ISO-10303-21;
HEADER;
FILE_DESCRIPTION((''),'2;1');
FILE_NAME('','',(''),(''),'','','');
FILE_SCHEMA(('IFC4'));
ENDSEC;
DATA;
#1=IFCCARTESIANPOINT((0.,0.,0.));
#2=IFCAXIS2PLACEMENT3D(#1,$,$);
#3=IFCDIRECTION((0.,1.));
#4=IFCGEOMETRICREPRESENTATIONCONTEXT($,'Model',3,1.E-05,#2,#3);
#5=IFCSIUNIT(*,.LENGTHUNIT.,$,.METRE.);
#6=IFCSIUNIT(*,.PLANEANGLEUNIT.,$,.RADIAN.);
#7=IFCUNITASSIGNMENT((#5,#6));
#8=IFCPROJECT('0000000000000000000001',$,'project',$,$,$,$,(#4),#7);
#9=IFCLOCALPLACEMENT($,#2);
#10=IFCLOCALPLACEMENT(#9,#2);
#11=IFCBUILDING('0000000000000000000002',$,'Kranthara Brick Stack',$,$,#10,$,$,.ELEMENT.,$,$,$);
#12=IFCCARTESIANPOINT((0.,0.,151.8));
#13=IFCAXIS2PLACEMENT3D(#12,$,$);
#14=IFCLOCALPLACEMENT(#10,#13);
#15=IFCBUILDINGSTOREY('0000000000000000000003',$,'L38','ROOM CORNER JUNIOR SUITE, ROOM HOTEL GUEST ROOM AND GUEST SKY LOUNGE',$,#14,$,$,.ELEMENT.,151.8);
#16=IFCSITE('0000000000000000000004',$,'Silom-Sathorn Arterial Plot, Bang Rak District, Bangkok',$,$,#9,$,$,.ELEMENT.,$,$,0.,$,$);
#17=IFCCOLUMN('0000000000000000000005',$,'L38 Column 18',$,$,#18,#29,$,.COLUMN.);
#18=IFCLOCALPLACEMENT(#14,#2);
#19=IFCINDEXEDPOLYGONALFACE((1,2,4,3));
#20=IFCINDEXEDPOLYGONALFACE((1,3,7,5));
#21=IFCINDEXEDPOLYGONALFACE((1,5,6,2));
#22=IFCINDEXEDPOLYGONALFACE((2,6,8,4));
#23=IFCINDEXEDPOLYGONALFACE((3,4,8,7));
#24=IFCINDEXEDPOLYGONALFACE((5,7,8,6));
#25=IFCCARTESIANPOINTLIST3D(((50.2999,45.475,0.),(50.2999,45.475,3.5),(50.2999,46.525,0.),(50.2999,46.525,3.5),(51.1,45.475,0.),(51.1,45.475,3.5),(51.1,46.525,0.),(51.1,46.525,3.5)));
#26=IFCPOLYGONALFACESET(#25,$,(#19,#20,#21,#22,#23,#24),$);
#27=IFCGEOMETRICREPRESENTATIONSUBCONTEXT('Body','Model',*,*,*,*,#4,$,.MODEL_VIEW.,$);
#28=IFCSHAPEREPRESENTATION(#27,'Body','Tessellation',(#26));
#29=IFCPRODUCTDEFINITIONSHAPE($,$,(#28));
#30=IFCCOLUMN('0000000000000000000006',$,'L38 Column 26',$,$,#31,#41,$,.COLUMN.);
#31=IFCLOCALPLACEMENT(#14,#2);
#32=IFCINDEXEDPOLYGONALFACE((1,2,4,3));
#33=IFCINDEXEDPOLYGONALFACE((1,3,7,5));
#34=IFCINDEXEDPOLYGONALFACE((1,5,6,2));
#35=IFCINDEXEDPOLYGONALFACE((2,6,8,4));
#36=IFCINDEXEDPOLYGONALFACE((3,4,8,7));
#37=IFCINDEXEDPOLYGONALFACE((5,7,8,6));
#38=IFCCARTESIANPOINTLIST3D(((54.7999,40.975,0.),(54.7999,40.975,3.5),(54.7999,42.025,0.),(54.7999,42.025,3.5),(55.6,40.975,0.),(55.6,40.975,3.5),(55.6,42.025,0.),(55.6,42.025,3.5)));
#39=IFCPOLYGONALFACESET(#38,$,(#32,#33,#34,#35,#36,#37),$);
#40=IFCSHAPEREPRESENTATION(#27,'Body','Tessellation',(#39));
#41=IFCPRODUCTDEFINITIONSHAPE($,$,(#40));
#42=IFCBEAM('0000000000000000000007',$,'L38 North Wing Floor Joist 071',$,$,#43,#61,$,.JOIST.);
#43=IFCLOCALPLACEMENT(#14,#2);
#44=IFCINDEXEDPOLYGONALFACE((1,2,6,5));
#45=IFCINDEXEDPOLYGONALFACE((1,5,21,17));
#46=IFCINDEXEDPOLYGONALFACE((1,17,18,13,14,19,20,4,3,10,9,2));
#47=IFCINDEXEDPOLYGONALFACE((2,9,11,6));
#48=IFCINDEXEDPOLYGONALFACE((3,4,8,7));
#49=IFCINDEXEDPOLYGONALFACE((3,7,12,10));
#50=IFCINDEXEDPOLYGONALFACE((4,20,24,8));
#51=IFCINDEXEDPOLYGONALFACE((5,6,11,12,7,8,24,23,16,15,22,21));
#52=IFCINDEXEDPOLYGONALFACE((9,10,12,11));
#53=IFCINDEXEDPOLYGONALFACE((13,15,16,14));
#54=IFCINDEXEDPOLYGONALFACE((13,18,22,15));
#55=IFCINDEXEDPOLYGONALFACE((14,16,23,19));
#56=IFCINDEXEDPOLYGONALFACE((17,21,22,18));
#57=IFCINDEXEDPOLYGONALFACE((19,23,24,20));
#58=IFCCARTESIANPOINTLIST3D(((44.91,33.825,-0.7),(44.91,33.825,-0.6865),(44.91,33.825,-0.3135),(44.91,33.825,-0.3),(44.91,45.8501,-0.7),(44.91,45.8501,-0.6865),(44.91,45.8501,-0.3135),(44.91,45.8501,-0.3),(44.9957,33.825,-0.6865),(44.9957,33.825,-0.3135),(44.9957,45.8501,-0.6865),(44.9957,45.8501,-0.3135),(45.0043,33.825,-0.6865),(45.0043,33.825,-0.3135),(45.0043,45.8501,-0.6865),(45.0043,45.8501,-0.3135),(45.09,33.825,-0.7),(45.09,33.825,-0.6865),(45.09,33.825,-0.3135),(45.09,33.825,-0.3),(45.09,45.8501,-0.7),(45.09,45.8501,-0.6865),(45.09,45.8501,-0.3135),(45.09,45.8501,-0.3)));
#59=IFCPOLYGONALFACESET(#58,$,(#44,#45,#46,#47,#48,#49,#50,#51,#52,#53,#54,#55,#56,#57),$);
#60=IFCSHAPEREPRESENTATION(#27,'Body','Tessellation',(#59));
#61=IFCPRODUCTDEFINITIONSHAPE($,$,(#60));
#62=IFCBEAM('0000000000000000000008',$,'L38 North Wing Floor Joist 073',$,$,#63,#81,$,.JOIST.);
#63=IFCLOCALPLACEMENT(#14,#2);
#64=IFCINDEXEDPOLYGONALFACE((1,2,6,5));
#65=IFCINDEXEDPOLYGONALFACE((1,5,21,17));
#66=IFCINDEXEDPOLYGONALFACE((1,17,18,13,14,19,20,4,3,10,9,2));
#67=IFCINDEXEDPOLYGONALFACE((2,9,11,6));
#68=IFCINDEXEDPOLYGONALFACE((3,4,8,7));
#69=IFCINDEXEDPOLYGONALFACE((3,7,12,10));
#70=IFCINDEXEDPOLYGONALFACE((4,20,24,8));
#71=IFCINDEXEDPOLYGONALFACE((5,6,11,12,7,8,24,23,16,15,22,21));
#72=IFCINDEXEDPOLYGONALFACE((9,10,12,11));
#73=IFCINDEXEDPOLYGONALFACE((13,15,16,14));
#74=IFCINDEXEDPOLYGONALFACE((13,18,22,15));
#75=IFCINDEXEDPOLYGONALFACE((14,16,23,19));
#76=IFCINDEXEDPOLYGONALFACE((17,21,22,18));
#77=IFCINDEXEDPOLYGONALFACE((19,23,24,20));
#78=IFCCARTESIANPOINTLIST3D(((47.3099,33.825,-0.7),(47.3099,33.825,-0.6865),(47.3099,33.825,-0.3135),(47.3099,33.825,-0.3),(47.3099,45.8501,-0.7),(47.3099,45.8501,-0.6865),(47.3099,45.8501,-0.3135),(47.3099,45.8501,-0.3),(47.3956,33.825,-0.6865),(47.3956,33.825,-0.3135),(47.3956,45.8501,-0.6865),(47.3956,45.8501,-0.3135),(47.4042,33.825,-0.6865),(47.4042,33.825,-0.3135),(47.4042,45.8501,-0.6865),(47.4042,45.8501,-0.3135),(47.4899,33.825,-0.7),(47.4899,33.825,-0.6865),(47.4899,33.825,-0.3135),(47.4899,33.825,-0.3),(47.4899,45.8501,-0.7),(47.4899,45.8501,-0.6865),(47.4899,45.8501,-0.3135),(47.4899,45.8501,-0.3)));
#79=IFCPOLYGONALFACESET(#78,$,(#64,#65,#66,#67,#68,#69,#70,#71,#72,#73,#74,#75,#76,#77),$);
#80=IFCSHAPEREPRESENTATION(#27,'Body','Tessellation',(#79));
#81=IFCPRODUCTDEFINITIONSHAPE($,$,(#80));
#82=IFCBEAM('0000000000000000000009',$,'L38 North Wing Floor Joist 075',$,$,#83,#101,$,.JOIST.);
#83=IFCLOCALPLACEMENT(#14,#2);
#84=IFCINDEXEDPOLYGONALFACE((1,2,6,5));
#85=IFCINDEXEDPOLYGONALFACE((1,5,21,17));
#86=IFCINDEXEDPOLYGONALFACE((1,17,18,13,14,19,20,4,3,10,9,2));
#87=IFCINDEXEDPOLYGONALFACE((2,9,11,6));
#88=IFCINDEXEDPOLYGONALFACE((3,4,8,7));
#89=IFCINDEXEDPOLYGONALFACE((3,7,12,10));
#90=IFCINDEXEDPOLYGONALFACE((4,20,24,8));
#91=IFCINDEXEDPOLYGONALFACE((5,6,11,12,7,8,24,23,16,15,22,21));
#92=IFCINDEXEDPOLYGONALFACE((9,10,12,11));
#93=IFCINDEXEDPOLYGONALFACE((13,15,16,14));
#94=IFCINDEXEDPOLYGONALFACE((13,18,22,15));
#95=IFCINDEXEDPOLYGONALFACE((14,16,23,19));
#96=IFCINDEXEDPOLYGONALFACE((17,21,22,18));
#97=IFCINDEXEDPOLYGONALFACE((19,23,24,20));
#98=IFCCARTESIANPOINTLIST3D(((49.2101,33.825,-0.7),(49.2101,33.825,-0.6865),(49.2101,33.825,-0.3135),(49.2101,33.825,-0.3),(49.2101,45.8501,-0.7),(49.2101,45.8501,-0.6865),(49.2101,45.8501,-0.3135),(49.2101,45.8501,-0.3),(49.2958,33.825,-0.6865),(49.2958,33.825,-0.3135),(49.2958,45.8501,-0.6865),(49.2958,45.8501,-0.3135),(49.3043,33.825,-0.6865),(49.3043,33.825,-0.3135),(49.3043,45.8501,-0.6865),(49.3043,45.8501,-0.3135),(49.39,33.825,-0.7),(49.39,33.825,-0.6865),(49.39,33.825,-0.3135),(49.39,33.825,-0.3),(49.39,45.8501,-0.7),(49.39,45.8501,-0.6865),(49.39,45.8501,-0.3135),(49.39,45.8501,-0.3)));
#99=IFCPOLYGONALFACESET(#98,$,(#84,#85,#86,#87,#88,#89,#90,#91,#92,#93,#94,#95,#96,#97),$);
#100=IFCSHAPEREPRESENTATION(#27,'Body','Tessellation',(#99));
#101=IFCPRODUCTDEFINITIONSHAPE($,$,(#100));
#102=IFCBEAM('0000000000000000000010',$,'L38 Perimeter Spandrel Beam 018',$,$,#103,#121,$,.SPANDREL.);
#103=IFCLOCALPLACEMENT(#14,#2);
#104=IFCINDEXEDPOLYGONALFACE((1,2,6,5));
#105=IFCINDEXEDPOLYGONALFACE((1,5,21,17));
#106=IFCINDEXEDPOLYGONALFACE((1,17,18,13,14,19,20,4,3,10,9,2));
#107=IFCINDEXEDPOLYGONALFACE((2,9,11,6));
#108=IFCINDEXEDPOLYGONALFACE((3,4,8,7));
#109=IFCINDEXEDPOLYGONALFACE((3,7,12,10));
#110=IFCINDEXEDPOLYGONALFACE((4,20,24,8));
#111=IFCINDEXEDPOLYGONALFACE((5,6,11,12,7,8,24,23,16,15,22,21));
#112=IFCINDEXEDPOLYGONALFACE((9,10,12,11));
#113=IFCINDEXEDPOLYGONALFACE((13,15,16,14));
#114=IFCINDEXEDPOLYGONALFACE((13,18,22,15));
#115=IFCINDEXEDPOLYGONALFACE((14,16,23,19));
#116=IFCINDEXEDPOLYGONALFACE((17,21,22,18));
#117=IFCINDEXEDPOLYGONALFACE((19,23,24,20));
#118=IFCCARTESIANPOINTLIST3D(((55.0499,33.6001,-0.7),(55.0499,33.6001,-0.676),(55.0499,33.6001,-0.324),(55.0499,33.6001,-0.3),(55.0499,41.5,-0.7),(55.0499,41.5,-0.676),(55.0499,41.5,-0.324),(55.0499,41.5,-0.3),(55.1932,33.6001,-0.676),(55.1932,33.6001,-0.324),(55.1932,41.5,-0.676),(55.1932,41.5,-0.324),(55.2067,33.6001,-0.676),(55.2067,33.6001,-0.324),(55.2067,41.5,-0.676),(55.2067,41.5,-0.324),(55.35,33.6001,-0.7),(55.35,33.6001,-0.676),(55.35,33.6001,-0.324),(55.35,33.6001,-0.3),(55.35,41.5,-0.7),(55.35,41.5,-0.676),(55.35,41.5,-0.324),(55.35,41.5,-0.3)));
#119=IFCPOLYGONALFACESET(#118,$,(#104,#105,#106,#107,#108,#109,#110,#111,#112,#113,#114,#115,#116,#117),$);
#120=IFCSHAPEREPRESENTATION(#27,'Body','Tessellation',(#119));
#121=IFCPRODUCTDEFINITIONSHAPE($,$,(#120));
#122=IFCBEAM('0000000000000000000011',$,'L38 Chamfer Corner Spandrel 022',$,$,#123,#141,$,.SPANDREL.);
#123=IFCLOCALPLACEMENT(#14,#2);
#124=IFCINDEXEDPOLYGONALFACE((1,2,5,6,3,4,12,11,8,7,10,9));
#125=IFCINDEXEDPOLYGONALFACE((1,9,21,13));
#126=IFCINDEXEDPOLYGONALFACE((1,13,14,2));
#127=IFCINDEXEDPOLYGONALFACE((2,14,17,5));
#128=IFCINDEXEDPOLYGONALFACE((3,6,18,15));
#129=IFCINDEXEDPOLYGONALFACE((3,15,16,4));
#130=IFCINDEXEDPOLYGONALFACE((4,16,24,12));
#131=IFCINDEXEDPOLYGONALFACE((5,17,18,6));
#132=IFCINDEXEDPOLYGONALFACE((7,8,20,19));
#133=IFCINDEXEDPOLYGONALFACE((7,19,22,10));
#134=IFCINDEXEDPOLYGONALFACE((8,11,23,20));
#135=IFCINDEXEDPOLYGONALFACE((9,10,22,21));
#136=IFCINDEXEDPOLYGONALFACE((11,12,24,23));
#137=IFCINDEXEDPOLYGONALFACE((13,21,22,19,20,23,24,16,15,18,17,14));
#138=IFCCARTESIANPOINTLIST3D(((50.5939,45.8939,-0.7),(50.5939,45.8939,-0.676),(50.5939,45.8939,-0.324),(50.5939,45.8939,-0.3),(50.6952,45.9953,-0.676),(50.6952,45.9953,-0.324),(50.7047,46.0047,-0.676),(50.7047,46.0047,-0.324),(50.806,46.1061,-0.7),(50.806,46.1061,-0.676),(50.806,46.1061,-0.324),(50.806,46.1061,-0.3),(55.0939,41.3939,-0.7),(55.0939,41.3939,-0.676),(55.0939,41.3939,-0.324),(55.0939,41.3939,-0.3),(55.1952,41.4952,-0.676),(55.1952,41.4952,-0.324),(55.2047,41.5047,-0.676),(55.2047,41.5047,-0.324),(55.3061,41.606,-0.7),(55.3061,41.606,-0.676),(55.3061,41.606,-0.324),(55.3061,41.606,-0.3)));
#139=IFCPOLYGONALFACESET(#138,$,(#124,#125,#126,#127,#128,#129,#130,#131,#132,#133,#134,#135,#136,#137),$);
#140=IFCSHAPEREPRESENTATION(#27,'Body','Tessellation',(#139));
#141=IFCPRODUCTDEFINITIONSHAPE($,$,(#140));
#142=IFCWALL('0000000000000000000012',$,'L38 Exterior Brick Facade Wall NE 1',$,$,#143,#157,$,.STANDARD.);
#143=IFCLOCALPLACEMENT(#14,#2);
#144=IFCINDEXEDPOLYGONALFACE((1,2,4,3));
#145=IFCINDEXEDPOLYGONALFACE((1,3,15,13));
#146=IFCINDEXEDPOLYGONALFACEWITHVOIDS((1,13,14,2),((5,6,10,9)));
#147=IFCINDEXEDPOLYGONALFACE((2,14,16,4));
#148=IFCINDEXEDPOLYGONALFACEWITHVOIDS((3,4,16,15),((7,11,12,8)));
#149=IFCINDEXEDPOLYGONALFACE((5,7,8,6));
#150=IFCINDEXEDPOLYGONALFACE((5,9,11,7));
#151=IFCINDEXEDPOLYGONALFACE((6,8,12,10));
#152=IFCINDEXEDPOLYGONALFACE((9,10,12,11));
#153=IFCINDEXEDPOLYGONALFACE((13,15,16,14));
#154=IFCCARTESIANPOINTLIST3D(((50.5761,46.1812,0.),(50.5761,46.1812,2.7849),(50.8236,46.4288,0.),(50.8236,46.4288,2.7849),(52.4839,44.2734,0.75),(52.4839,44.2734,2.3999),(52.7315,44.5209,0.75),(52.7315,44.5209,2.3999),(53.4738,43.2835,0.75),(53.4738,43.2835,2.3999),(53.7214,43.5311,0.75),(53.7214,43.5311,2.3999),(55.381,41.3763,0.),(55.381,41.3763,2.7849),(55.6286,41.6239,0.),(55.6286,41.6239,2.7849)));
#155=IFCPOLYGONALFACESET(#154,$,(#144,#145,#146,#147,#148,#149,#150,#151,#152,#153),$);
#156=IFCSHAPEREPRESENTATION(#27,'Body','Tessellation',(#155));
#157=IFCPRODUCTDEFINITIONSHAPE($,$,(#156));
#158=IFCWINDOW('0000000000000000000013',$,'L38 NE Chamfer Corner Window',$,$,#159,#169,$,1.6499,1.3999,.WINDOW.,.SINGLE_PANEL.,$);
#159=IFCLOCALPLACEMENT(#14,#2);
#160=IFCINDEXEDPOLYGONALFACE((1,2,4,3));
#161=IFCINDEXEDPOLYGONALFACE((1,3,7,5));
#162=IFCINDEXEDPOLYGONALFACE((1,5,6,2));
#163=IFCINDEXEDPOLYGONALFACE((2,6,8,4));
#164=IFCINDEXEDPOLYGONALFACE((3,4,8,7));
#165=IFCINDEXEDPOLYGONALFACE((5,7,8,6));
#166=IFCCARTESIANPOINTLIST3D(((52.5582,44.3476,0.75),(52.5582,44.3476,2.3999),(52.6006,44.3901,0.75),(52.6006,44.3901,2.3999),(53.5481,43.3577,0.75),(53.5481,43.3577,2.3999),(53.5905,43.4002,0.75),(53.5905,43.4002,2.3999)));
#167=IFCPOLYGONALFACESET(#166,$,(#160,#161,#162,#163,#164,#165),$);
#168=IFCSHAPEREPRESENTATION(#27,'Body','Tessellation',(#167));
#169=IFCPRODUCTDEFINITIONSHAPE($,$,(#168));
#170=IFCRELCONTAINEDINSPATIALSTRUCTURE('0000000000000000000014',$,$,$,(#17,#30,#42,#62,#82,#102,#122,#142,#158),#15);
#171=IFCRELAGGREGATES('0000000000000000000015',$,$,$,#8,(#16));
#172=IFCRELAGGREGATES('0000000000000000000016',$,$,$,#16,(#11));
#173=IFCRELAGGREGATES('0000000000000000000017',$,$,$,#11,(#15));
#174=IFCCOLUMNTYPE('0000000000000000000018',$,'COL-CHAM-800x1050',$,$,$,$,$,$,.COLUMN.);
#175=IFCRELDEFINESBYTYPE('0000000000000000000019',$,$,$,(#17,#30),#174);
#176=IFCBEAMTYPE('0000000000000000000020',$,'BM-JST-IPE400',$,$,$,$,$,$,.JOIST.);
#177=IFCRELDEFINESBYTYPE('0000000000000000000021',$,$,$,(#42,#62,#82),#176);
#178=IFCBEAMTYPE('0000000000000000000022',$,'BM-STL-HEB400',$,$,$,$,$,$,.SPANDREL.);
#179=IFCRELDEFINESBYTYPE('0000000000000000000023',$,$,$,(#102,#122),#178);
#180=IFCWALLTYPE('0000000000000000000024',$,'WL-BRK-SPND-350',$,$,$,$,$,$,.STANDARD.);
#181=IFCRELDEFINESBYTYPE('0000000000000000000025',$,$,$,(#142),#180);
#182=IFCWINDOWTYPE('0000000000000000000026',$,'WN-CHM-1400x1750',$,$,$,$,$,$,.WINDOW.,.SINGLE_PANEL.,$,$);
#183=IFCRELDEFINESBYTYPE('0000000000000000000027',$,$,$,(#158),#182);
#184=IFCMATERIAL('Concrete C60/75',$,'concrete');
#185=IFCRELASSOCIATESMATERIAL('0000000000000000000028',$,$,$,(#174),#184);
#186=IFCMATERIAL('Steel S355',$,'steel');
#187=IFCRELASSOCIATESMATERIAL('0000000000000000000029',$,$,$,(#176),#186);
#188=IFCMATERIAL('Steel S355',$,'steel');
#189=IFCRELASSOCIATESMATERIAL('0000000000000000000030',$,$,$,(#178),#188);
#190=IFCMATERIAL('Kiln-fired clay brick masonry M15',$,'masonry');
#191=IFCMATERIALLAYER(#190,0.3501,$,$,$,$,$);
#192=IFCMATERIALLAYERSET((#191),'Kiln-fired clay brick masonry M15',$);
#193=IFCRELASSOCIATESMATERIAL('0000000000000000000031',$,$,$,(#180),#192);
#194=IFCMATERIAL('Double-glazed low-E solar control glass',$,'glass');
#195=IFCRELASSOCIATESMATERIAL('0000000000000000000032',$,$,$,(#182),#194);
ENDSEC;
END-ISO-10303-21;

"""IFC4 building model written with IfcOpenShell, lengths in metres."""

from ifc_helpers import new_model, si_unit, direction, frame, frame_2d, origin, origin_2d, place, context, subcontext, project, spatial, rectangle, i_section, extrude, material, layer, layer_set, material_profile, profile_set, type_object, element, fill, save


model = new_model("IFC4")

# Units and contexts
model_context = context("Model", 3, precision=1e-05, world=origin(), true_north=direction((0.0, 1.0)))
body_context = subcontext(model_context, "Body", "Model", "MODEL_VIEW")
ifc_project = project(units=[si_unit("LENGTHUNIT", "METRE"), si_unit("PLANEANGLEUNIT", "RADIAN")], contexts=[model_context])

# Site, building, storey
site_placement = place(None, origin())
site = spatial("IfcSite", under=ifc_project, at=site_placement, Name="Silom-Sathorn Arterial Plot, Bang Rak District, Bangkok", CompositionType="ELEMENT", RefElevation=0.0)
building_placement = place(site_placement, origin())
building = spatial("IfcBuilding", under=site, at=building_placement, Name="Kranthara Brick Stack", CompositionType="ELEMENT")
storey_placement = place(building_placement, frame((0.0, 0.0, 151.8)))
storey = spatial("IfcBuildingStorey", under=building, at=storey_placement, Name="L38", Description="ROOM CORNER JUNIOR SUITE, ROOM HOTEL GUEST ROOM AND GUEST SKY LOUNGE", CompositionType="ELEMENT", Elevation=151.8)

# Columns
ifc_material_1 = material(Name="Concrete C60/75", Category="concrete")
ifc_material_profile_1 = material_profile(ifc_material_1, rectangle(XDim=0.8, YDim=1.05, at=origin_2d()), Name="RC 800x1050")
ifc_profile_set_1 = profile_set([ifc_material_profile_1], Name="Concrete C60/75")
column_type = type_object("IfcColumnType", Name="COL-CHAM-800x1050", PredefinedType="COLUMN", material=ifc_profile_set_1)
for number, where, z_axis, x_axis, name in (
    (1, (50.7, 46.0, 0.0), (0.0, 0.0, 1.0), (1.0, 0.0, 0.0), "L38 Column 18"),
    (2, (55.2, 41.5, 0.0), (0.0, 0.0, 1.0), (1.0, 0.0, 0.0), "L38 Column 26"),
):
    element("IfcColumn", number, at=place(storey_placement, frame(where, z_axis=z_axis, x_axis=x_axis)), inside=storey, type_object=column_type, Name=name, PredefinedType="COLUMN", context=body_context, shape_type="SweptSolid", body=[
        extrude(rectangle(XDim=0.8, YDim=1.05, at=origin_2d()), origin(), (0.0, 0.0, 1.0), 3.5),
    ])

# Beams
ifc_material_2 = material(Name="Steel S355", Category="steel")
ifc_material_profile_2 = material_profile(ifc_material_2, i_section(OverallWidth=0.1799, OverallDepth=0.3999, WebThickness=0.0085, FlangeThickness=0.0134, at=origin_2d()), Name="IPE 400")
ifc_profile_set_2 = profile_set([ifc_material_profile_2], Name="Steel S355")
beam_type_1 = type_object("IfcBeamType", Name="BM-JST-IPE400", PredefinedType="JOIST", material=ifc_profile_set_2)
for number, where, z_axis, x_axis, name in (
    (3, (45.0, 33.825, -0.5), (0.0, 1.0, 0.0), (-1.0, 0.0, 0.0), "L38 North Wing Floor Joist 071"),
    (4, (47.3999, 33.825, -0.5), (0.0, 1.0, 0.0), (-1.0, 0.0, 0.0), "L38 North Wing Floor Joist 073"),
    (5, (49.3, 33.825, -0.5), (0.0, 1.0, 0.0), (-1.0, 0.0, 0.0), "L38 North Wing Floor Joist 075"),
):
    element("IfcBeam", number, at=place(storey_placement, frame(where, z_axis=z_axis, x_axis=x_axis)), inside=storey, type_object=beam_type_1, Name=name, PredefinedType="JOIST", context=body_context, shape_type="SweptSolid", body=[
        extrude(i_section(OverallWidth=0.1799, OverallDepth=0.3999, WebThickness=0.0085, FlangeThickness=0.0134, at=origin_2d()), origin(), (0.0, 0.0, 1.0), 12.0251),
    ])
ifc_material_3 = material(Name="Steel S355", Category="steel")
ifc_material_profile_3 = material_profile(ifc_material_3, i_section(OverallWidth=0.3, OverallDepth=0.3999, WebThickness=0.0134, FlangeThickness=0.0239, at=origin_2d()), Name="HEB 400")
ifc_profile_set_3 = profile_set([ifc_material_profile_3], Name="Steel S355")
beam_type_2 = type_object("IfcBeamType", Name="BM-STL-HEB400", PredefinedType="SPANDREL", material=ifc_profile_set_3)
beam_1_placement = place(storey_placement, frame((55.2, 33.6001, -0.5), z_axis=(0.0, 1.0, 0.0), x_axis=(-1.0, 0.0, 0.0)))
element("IfcBeam", 6, at=beam_1_placement, inside=storey, type_object=beam_type_2, Name="L38 Perimeter Spandrel Beam 018", PredefinedType="SPANDREL", context=body_context, shape_type="SweptSolid", body=[
    extrude(i_section(OverallWidth=0.3, OverallDepth=0.3999, WebThickness=0.0134, FlangeThickness=0.0239, at=origin_2d()), origin(), (0.0, 0.0, 1.0), 7.8999),
])
beam_2_placement = place(storey_placement, frame((50.7, 46.0, -0.5), z_axis=(0.707107, -0.707107, 0.0), x_axis=(0.707107, 0.707107, 0.0)))
element("IfcBeam", 7, at=beam_2_placement, inside=storey, type_object=beam_type_2, Name="L38 Chamfer Corner Spandrel 022", PredefinedType="SPANDREL", context=body_context, shape_type="SweptSolid", body=[
    extrude(i_section(OverallWidth=0.3, OverallDepth=0.3999, WebThickness=0.0134, FlangeThickness=0.0239, at=origin_2d()), origin(), (0.0, 0.0, 1.0), 6.364),
])

# Wall, opening, window
ifc_material_4 = material(Name="Kiln-fired clay brick masonry M15", Category="masonry")
ifc_layer_1 = layer(ifc_material_4, 0.3501)
ifc_layer_set_1 = layer_set([ifc_layer_1], Name="Kiln-fired clay brick masonry M15")
wall_type_1 = type_object("IfcWallType", Name="WL-BRK-SPND-350", PredefinedType="STANDARD", material=ifc_layer_set_1)
wall_1_placement = place(storey_placement, frame((50.7, 46.3049, 0.0), z_axis=(0.0, 0.0, 1.0), x_axis=(0.707107, -0.707107, 0.0)))
wall_1 = element("IfcWall", 8, at=wall_1_placement, inside=storey, type_object=wall_type_1, Name="L38 Exterior Brick Facade Wall NE 1", PredefinedType="STANDARD", context=body_context, shape_type="SweptSolid", body=[
    extrude(rectangle(XDim=6.7952, YDim=0.3501, at=frame_2d((3.3975, 0.0))), origin(), (0.0, 0.0, 1.0), 2.7849),
])
opening_1_placement = place(wall_1_placement, frame((2.698, 0.0, 0.75)))
opening_1 = element("IfcOpeningElement", 9, at=opening_1_placement, cuts=wall_1, PredefinedType="OPENING", context=body_context, shape_type="SweptSolid", body=[
    extrude(rectangle(XDim=1.3999, YDim=1.6499, at=frame_2d((0.7, 0.825))), frame((0.0, 0.1851, 0.0), z_axis=(0.0, -1.0, 0.0), x_axis=(1.0, 0.0, 0.0)), (0.0, 0.0, 1.0), 0.3701),
])
ifc_material_5 = material(Name="Double-glazed low-E solar control glass", Category="glass")
window_type_1 = type_object("IfcWindowType", Name="WN-CHM-1400x1750", PartitioningType="SINGLE_PANEL", PredefinedType="WINDOW", material=ifc_material_5)
window_1_placement = place(opening_1_placement, origin())
window_1 = element("IfcWindow", 10, at=window_1_placement, inside=storey, type_object=window_type_1, Name="L38 NE Chamfer Corner Window", OverallHeight=1.6499, OverallWidth=1.3999, PartitioningType="SINGLE_PANEL", PredefinedType="WINDOW", context=body_context, shape_type="SweptSolid", body=[
    extrude(rectangle(XDim=1.3999, YDim=1.6499, at=frame_2d((0.7, 0.825))), frame((0.0, -0.01, 0.0), z_axis=(0.0, -1.0, 0.0), x_axis=(1.0, 0.0, 0.0)), (0.0, 0.0, 1.0), 0.0601),
])
fill(opening_1, window_1)

save(model, "model.ifc")
